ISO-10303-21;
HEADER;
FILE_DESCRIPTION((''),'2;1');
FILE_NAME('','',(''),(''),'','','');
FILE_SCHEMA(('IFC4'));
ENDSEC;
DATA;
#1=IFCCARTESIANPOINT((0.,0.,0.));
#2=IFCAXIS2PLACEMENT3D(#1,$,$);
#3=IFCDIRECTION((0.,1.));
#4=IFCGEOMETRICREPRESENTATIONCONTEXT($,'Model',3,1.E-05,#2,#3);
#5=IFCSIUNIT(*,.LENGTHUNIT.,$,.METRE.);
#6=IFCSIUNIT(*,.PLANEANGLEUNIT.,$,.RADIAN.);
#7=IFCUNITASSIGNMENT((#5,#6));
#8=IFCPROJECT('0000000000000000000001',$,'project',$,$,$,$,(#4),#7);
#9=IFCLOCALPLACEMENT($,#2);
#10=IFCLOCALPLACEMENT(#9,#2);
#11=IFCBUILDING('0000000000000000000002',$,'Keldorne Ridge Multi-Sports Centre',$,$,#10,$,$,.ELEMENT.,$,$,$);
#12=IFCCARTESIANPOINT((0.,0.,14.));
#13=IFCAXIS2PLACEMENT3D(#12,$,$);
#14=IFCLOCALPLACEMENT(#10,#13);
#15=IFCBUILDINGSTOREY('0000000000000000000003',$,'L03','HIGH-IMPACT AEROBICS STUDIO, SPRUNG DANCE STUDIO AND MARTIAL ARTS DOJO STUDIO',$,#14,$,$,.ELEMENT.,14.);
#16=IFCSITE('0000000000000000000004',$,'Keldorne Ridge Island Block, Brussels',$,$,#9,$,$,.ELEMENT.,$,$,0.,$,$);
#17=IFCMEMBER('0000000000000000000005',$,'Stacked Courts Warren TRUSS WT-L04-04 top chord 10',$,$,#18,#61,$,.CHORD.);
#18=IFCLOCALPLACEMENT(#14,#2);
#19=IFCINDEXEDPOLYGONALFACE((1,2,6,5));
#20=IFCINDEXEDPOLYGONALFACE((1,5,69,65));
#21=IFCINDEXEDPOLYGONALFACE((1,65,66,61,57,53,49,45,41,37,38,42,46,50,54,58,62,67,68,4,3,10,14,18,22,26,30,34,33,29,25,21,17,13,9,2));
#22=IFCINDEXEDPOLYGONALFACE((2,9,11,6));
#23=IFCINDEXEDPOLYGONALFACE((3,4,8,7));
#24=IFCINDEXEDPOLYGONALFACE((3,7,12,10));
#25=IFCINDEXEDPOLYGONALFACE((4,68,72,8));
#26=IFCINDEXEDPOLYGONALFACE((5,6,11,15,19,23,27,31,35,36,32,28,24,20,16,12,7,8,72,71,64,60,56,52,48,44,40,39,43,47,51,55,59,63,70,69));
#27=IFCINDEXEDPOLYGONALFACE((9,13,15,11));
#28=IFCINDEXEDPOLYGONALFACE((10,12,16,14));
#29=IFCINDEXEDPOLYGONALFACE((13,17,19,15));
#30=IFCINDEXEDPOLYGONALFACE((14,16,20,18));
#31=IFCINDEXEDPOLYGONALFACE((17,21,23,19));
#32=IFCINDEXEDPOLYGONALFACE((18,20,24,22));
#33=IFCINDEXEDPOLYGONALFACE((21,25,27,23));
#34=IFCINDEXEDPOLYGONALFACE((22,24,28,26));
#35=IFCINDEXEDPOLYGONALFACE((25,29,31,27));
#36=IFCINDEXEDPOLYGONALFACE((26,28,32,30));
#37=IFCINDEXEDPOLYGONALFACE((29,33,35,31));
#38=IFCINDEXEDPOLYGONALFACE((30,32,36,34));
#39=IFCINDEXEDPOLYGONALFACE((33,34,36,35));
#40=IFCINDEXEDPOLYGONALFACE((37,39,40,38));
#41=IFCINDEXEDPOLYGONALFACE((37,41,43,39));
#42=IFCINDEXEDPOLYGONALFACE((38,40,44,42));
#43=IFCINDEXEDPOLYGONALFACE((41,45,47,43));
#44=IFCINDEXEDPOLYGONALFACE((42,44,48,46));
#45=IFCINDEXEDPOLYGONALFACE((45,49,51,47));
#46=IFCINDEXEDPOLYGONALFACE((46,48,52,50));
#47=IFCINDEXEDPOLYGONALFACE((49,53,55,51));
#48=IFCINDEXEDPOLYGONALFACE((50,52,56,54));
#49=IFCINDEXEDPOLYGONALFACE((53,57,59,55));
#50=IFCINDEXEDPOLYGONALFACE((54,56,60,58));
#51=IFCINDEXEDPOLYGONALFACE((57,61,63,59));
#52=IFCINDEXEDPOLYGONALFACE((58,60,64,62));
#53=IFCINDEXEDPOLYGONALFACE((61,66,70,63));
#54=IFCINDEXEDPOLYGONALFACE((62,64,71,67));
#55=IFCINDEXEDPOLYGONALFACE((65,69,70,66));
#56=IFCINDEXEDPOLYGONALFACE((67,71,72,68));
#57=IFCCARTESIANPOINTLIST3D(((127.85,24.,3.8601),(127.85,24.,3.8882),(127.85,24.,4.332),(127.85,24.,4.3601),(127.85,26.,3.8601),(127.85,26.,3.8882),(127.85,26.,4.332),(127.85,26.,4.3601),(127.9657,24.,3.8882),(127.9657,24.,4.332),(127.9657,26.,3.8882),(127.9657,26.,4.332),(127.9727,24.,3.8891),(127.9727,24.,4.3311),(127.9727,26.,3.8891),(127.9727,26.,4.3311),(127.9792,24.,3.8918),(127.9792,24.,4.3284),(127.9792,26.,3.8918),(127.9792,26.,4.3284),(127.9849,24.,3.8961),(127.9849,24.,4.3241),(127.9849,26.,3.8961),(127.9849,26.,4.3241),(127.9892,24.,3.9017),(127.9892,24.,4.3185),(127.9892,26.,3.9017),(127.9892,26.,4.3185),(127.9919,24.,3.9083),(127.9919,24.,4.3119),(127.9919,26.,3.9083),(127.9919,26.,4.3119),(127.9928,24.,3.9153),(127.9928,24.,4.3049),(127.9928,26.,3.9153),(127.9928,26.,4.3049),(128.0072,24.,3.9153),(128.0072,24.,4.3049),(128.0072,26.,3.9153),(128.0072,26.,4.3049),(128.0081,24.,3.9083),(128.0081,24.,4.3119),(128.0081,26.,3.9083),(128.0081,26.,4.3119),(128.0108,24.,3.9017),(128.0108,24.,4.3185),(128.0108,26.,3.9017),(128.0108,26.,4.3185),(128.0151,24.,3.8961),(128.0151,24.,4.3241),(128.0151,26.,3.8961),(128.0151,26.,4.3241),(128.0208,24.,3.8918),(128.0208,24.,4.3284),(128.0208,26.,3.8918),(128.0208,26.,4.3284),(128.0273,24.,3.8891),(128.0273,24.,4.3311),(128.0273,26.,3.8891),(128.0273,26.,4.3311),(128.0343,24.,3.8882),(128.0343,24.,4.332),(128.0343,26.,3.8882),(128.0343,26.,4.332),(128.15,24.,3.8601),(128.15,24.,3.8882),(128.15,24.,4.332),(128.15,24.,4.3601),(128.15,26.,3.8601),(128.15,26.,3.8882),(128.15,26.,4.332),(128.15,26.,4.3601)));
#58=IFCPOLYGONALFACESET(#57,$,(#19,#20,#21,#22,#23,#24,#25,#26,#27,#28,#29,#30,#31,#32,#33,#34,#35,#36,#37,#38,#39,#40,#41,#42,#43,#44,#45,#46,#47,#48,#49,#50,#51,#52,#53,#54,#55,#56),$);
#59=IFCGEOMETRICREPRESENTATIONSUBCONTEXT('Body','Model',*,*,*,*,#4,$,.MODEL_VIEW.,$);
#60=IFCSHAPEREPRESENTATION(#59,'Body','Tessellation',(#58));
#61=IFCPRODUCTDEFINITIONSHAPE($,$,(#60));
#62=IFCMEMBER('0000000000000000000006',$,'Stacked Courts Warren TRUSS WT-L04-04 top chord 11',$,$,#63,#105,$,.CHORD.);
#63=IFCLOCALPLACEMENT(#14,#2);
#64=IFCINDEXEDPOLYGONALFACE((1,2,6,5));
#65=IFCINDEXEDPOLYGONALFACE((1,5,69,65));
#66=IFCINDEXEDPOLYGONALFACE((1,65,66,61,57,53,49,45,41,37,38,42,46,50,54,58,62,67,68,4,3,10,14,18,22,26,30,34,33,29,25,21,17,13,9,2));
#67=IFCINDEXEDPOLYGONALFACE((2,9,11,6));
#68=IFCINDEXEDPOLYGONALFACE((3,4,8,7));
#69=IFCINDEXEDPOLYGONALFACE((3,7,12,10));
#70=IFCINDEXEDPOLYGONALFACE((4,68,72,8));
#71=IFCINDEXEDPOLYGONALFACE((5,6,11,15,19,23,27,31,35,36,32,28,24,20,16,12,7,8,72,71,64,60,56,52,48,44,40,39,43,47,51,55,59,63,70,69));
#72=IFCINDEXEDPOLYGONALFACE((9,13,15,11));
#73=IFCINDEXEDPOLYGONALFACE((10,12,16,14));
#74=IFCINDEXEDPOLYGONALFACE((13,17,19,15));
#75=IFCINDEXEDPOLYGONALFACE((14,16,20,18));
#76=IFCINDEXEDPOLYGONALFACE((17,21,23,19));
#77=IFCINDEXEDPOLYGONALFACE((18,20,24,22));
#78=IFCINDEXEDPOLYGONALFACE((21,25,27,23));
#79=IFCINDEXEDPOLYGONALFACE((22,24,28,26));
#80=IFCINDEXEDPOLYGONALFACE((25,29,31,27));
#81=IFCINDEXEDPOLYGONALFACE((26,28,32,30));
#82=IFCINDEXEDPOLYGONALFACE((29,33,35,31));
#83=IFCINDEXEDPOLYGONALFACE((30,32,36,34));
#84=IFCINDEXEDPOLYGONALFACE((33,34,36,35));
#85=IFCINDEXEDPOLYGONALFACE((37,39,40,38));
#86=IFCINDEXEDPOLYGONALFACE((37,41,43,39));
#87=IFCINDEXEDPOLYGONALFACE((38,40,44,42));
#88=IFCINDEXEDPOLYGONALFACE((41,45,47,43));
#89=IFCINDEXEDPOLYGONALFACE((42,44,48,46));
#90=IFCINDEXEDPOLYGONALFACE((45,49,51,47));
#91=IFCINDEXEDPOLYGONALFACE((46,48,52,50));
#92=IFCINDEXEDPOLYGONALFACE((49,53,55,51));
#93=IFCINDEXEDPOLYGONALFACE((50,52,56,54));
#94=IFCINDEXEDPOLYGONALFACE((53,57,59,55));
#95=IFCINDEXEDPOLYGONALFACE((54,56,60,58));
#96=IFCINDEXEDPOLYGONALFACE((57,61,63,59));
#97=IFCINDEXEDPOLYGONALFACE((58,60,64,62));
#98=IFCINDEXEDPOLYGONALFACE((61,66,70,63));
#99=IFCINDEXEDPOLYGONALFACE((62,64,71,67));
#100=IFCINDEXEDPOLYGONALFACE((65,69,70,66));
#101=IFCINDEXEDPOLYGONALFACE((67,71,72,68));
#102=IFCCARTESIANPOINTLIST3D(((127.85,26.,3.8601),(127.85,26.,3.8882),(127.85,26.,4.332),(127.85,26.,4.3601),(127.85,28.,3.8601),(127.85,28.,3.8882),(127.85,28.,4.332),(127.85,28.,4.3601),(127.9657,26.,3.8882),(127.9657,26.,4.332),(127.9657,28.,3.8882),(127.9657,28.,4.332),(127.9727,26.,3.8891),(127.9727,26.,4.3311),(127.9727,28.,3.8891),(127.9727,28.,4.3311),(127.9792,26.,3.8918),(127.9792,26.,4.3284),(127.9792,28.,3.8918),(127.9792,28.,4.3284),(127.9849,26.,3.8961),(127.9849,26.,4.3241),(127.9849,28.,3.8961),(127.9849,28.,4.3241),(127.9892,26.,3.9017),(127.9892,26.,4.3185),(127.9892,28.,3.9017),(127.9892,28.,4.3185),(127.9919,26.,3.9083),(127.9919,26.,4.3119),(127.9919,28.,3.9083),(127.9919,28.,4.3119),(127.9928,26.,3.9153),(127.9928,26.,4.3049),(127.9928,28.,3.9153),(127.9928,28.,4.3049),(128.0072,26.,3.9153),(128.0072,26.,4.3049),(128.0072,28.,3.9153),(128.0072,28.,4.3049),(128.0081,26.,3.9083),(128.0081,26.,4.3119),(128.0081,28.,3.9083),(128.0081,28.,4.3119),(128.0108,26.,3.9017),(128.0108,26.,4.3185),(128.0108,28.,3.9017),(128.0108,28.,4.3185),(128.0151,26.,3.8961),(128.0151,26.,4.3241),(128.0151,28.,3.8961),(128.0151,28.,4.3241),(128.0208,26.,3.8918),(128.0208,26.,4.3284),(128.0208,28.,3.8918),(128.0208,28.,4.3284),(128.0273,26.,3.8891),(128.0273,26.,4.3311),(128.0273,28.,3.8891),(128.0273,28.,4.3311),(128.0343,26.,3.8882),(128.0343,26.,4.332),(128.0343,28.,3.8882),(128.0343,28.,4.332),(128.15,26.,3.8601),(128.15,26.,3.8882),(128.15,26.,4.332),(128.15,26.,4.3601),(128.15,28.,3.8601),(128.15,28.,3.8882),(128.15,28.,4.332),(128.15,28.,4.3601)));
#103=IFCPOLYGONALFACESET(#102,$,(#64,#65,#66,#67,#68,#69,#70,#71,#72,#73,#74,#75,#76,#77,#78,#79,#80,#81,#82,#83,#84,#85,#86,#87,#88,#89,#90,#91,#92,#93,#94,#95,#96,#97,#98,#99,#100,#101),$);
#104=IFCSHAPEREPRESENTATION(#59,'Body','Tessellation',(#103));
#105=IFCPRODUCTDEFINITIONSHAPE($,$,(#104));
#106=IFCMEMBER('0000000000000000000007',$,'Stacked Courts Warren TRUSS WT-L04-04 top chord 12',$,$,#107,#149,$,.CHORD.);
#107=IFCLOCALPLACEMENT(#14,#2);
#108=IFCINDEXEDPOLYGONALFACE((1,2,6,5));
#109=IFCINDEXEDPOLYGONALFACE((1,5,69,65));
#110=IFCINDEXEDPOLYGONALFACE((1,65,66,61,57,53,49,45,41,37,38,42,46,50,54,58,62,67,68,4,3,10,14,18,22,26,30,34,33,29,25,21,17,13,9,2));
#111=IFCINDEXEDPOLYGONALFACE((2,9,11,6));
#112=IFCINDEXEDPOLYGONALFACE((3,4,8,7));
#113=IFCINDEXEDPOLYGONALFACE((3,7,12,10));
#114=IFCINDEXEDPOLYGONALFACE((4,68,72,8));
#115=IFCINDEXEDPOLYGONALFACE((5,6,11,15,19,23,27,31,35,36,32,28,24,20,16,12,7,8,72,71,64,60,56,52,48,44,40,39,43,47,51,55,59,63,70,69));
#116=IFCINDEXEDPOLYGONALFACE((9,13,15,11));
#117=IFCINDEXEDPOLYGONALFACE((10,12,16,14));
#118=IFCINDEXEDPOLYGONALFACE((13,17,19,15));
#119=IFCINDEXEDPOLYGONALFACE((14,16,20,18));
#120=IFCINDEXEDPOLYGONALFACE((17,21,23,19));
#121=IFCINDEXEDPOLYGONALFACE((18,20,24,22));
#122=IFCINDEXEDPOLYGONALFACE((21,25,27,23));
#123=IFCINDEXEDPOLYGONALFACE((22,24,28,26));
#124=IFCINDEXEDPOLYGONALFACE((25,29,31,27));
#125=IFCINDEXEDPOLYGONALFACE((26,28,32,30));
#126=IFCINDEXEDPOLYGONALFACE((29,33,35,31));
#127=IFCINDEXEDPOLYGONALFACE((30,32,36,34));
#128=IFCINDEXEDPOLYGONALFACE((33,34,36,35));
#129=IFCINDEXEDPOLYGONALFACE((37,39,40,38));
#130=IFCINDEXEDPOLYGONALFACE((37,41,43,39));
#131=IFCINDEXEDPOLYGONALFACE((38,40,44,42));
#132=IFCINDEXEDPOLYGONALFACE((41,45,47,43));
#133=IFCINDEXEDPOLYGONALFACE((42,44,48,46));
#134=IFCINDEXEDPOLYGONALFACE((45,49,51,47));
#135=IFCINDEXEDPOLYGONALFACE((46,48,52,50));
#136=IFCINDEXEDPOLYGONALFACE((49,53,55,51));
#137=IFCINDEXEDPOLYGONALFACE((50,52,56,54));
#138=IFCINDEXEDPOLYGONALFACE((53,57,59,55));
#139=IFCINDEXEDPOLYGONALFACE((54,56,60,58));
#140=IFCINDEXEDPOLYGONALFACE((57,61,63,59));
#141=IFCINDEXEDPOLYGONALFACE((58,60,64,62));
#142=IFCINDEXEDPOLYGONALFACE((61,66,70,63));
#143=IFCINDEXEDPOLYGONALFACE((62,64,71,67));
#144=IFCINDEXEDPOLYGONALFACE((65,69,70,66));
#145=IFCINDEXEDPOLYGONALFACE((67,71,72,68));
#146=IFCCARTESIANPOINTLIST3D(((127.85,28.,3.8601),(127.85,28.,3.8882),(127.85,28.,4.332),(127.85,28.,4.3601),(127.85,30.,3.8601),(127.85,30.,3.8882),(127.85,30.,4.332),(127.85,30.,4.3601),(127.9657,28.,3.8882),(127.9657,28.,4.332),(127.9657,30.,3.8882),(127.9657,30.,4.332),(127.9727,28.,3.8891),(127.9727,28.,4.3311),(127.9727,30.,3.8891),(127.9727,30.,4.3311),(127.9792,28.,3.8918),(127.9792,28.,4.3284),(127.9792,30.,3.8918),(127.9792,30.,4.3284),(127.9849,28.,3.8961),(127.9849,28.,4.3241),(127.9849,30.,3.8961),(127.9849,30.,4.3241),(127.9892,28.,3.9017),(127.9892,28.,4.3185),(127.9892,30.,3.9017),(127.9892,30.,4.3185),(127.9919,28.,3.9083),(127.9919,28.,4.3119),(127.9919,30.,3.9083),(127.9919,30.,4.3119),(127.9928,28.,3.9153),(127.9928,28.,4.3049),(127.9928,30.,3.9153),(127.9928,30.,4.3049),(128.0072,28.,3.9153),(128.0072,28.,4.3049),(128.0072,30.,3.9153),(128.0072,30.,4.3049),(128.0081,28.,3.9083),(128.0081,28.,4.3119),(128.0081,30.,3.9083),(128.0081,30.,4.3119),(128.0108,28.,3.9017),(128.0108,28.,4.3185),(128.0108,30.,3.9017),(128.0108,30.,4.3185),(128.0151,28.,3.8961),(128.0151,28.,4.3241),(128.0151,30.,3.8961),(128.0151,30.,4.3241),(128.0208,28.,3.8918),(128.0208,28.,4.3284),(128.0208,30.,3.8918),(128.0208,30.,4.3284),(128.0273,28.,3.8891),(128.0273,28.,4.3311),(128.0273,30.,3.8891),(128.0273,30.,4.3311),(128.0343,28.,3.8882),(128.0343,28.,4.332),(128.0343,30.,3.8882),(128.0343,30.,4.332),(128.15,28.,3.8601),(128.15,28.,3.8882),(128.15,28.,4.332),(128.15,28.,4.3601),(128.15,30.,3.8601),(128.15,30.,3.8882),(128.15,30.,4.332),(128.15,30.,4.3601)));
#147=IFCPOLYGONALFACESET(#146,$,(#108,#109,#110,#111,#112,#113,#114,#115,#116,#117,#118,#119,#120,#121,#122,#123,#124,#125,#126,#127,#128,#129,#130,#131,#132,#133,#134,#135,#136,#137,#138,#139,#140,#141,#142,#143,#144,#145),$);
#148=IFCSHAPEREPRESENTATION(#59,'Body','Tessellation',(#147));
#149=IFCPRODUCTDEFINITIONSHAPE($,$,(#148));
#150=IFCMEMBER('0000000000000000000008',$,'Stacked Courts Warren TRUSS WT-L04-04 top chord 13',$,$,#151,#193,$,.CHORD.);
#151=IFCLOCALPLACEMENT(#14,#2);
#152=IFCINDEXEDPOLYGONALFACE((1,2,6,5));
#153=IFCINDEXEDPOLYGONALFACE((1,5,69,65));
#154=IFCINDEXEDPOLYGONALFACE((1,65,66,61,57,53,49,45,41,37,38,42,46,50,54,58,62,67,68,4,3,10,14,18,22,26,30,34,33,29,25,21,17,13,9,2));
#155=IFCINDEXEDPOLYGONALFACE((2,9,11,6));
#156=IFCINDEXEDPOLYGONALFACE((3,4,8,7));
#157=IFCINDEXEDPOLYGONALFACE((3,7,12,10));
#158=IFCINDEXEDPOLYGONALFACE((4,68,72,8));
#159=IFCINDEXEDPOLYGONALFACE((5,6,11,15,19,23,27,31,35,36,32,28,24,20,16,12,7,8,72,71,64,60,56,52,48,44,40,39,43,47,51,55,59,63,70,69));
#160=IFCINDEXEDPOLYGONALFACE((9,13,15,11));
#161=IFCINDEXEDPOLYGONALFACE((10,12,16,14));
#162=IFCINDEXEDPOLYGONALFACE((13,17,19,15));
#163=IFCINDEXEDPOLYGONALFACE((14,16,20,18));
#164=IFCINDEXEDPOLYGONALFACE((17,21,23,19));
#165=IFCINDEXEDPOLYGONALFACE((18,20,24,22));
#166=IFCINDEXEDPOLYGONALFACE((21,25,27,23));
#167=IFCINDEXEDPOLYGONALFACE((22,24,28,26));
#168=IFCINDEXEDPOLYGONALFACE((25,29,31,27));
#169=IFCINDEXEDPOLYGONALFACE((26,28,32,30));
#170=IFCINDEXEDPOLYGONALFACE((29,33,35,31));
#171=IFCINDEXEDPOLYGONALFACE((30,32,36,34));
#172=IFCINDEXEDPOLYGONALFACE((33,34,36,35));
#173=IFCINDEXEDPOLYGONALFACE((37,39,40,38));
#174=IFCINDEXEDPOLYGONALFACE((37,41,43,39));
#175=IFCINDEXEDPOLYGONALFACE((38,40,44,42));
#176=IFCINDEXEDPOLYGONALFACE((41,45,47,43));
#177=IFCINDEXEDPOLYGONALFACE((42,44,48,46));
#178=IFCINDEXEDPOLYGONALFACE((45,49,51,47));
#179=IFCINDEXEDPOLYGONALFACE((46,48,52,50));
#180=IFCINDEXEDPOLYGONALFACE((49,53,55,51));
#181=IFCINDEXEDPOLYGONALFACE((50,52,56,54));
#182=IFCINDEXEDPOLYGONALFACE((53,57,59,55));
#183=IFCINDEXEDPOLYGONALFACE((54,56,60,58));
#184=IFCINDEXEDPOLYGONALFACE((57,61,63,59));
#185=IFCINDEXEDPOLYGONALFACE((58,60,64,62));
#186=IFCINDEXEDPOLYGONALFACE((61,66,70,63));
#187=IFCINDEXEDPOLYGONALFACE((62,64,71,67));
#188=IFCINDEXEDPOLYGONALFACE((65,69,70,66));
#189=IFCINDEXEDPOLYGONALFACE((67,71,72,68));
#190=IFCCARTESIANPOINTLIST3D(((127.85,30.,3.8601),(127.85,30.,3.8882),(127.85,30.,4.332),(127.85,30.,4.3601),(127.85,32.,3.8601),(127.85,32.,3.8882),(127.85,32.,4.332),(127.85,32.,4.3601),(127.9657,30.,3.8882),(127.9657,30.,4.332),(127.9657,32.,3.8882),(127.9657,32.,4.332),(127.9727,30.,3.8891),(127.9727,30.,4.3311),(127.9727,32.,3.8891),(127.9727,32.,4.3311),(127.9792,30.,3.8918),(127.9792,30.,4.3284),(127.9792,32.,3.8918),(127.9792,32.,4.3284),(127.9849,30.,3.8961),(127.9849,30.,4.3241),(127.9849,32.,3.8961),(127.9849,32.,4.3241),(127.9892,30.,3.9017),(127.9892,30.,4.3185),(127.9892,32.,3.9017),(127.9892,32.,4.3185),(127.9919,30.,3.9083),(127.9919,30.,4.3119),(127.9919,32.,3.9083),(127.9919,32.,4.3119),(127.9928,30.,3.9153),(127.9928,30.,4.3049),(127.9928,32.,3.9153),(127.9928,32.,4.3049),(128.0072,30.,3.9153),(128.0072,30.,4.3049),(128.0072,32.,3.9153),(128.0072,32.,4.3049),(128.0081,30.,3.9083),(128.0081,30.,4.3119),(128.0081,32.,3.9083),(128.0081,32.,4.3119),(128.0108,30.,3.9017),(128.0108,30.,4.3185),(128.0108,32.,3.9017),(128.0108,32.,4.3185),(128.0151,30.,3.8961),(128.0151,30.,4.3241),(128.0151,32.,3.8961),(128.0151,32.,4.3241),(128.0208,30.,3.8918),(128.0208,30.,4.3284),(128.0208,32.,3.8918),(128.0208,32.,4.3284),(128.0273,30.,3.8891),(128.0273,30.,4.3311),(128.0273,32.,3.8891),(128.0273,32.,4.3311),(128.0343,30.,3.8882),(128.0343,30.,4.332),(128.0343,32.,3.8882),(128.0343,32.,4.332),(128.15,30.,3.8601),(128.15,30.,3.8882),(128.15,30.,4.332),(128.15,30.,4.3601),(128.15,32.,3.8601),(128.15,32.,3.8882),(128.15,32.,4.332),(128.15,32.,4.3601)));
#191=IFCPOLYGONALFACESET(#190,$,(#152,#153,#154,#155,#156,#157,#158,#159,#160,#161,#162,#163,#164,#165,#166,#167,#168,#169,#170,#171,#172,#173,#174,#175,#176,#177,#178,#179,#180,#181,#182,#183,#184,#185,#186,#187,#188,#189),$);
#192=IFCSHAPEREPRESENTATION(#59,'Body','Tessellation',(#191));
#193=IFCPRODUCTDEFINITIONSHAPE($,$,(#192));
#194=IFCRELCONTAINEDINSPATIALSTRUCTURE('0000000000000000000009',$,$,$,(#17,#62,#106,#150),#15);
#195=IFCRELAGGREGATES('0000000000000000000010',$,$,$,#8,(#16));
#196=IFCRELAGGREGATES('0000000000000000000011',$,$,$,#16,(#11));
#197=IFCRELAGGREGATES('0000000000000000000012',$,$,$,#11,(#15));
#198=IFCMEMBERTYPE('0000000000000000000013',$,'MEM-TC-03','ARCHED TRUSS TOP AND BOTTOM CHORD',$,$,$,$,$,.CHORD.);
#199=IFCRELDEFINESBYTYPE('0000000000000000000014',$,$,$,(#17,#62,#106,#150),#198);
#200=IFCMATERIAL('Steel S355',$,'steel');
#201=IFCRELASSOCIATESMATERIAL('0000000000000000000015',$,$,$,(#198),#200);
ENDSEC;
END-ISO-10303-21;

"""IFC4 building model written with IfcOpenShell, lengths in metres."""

from ifc_helpers import new_model, si_unit, direction, frame, origin, origin_2d, place, context, subcontext, project, spatial, i_section, extrude, material, material_profile, profile_set, type_object, element, save


model = new_model("IFC4")

# Units and contexts
model_context = context("Model", 3, precision=1e-05, world=origin(), true_north=direction((0.0, 1.0)))
body_context = subcontext(model_context, "Body", "Model", "MODEL_VIEW")
ifc_project = project(units=[si_unit("LENGTHUNIT", "METRE"), si_unit("PLANEANGLEUNIT", "RADIAN")], contexts=[model_context])

# Site, building, storey
site_placement = place(None, origin())
site = spatial("IfcSite", under=ifc_project, at=site_placement, Name="Keldorne Ridge Island Block, Brussels", CompositionType="ELEMENT", RefElevation=0.0)
building_placement = place(site_placement, origin())
building = spatial("IfcBuilding", under=site, at=building_placement, Name="Keldorne Ridge Multi-Sports Centre", CompositionType="ELEMENT")
storey_placement = place(building_placement, frame((0.0, 0.0, 14.0)))
storey = spatial("IfcBuildingStorey", under=building, at=storey_placement, Name="L03", Description="HIGH-IMPACT AEROBICS STUDIO, SPRUNG DANCE STUDIO AND MARTIAL ARTS DOJO STUDIO", CompositionType="ELEMENT", Elevation=14.0)

# Members
ifc_material = material(Name="Steel S355", Category="steel")
ifc_material_profile_1 = material_profile(ifc_material, i_section(OverallWidth=0.3, OverallDepth=0.5, WebThickness=0.0144, FlangeThickness=0.0281, FilletRadius=0.0271, at=origin_2d()), Name="HEB 500")
ifc_profile_set_1 = profile_set([ifc_material_profile_1], Name="Steel S355")
member_type_1 = type_object("IfcMemberType", Name="MEM-TC-03", Description="ARCHED TRUSS TOP AND BOTTOM CHORD", PredefinedType="CHORD", material=ifc_profile_set_1)
for number, where, z_axis, x_axis, name in (
    (1, (128.0, 24.0, 4.1101), (0.0, 1.0, 0.0), (-1.0, 0.0, 0.0), "Stacked Courts Warren TRUSS WT-L04-04 top chord 10"),
    (2, (128.0, 26.0, 4.1101), (0.0, 1.0, 0.0), (-1.0, 0.0, 0.0), "Stacked Courts Warren TRUSS WT-L04-04 top chord 11"),
    (3, (128.0, 28.0, 4.1101), (0.0, 1.0, 0.0), (-1.0, 0.0, 0.0), "Stacked Courts Warren TRUSS WT-L04-04 top chord 12"),
    (4, (128.0, 30.0, 4.1101), (0.0, 1.0, 0.0), (-1.0, 0.0, 0.0), "Stacked Courts Warren TRUSS WT-L04-04 top chord 13"),
):
    element("IfcMember", number, at=place(storey_placement, frame(where, z_axis=z_axis, x_axis=x_axis)), inside=storey, type_object=member_type_1, Name=name, PredefinedType="CHORD", context=body_context, shape_type="SweptSolid", body=[
        extrude(i_section(OverallWidth=0.3, OverallDepth=0.5, WebThickness=0.0144, FlangeThickness=0.0281, FilletRadius=0.0271, at=origin_2d()), origin(), (0.0, 0.0, 1.0), 2.0),
    ])

save(model, "model.ifc")
